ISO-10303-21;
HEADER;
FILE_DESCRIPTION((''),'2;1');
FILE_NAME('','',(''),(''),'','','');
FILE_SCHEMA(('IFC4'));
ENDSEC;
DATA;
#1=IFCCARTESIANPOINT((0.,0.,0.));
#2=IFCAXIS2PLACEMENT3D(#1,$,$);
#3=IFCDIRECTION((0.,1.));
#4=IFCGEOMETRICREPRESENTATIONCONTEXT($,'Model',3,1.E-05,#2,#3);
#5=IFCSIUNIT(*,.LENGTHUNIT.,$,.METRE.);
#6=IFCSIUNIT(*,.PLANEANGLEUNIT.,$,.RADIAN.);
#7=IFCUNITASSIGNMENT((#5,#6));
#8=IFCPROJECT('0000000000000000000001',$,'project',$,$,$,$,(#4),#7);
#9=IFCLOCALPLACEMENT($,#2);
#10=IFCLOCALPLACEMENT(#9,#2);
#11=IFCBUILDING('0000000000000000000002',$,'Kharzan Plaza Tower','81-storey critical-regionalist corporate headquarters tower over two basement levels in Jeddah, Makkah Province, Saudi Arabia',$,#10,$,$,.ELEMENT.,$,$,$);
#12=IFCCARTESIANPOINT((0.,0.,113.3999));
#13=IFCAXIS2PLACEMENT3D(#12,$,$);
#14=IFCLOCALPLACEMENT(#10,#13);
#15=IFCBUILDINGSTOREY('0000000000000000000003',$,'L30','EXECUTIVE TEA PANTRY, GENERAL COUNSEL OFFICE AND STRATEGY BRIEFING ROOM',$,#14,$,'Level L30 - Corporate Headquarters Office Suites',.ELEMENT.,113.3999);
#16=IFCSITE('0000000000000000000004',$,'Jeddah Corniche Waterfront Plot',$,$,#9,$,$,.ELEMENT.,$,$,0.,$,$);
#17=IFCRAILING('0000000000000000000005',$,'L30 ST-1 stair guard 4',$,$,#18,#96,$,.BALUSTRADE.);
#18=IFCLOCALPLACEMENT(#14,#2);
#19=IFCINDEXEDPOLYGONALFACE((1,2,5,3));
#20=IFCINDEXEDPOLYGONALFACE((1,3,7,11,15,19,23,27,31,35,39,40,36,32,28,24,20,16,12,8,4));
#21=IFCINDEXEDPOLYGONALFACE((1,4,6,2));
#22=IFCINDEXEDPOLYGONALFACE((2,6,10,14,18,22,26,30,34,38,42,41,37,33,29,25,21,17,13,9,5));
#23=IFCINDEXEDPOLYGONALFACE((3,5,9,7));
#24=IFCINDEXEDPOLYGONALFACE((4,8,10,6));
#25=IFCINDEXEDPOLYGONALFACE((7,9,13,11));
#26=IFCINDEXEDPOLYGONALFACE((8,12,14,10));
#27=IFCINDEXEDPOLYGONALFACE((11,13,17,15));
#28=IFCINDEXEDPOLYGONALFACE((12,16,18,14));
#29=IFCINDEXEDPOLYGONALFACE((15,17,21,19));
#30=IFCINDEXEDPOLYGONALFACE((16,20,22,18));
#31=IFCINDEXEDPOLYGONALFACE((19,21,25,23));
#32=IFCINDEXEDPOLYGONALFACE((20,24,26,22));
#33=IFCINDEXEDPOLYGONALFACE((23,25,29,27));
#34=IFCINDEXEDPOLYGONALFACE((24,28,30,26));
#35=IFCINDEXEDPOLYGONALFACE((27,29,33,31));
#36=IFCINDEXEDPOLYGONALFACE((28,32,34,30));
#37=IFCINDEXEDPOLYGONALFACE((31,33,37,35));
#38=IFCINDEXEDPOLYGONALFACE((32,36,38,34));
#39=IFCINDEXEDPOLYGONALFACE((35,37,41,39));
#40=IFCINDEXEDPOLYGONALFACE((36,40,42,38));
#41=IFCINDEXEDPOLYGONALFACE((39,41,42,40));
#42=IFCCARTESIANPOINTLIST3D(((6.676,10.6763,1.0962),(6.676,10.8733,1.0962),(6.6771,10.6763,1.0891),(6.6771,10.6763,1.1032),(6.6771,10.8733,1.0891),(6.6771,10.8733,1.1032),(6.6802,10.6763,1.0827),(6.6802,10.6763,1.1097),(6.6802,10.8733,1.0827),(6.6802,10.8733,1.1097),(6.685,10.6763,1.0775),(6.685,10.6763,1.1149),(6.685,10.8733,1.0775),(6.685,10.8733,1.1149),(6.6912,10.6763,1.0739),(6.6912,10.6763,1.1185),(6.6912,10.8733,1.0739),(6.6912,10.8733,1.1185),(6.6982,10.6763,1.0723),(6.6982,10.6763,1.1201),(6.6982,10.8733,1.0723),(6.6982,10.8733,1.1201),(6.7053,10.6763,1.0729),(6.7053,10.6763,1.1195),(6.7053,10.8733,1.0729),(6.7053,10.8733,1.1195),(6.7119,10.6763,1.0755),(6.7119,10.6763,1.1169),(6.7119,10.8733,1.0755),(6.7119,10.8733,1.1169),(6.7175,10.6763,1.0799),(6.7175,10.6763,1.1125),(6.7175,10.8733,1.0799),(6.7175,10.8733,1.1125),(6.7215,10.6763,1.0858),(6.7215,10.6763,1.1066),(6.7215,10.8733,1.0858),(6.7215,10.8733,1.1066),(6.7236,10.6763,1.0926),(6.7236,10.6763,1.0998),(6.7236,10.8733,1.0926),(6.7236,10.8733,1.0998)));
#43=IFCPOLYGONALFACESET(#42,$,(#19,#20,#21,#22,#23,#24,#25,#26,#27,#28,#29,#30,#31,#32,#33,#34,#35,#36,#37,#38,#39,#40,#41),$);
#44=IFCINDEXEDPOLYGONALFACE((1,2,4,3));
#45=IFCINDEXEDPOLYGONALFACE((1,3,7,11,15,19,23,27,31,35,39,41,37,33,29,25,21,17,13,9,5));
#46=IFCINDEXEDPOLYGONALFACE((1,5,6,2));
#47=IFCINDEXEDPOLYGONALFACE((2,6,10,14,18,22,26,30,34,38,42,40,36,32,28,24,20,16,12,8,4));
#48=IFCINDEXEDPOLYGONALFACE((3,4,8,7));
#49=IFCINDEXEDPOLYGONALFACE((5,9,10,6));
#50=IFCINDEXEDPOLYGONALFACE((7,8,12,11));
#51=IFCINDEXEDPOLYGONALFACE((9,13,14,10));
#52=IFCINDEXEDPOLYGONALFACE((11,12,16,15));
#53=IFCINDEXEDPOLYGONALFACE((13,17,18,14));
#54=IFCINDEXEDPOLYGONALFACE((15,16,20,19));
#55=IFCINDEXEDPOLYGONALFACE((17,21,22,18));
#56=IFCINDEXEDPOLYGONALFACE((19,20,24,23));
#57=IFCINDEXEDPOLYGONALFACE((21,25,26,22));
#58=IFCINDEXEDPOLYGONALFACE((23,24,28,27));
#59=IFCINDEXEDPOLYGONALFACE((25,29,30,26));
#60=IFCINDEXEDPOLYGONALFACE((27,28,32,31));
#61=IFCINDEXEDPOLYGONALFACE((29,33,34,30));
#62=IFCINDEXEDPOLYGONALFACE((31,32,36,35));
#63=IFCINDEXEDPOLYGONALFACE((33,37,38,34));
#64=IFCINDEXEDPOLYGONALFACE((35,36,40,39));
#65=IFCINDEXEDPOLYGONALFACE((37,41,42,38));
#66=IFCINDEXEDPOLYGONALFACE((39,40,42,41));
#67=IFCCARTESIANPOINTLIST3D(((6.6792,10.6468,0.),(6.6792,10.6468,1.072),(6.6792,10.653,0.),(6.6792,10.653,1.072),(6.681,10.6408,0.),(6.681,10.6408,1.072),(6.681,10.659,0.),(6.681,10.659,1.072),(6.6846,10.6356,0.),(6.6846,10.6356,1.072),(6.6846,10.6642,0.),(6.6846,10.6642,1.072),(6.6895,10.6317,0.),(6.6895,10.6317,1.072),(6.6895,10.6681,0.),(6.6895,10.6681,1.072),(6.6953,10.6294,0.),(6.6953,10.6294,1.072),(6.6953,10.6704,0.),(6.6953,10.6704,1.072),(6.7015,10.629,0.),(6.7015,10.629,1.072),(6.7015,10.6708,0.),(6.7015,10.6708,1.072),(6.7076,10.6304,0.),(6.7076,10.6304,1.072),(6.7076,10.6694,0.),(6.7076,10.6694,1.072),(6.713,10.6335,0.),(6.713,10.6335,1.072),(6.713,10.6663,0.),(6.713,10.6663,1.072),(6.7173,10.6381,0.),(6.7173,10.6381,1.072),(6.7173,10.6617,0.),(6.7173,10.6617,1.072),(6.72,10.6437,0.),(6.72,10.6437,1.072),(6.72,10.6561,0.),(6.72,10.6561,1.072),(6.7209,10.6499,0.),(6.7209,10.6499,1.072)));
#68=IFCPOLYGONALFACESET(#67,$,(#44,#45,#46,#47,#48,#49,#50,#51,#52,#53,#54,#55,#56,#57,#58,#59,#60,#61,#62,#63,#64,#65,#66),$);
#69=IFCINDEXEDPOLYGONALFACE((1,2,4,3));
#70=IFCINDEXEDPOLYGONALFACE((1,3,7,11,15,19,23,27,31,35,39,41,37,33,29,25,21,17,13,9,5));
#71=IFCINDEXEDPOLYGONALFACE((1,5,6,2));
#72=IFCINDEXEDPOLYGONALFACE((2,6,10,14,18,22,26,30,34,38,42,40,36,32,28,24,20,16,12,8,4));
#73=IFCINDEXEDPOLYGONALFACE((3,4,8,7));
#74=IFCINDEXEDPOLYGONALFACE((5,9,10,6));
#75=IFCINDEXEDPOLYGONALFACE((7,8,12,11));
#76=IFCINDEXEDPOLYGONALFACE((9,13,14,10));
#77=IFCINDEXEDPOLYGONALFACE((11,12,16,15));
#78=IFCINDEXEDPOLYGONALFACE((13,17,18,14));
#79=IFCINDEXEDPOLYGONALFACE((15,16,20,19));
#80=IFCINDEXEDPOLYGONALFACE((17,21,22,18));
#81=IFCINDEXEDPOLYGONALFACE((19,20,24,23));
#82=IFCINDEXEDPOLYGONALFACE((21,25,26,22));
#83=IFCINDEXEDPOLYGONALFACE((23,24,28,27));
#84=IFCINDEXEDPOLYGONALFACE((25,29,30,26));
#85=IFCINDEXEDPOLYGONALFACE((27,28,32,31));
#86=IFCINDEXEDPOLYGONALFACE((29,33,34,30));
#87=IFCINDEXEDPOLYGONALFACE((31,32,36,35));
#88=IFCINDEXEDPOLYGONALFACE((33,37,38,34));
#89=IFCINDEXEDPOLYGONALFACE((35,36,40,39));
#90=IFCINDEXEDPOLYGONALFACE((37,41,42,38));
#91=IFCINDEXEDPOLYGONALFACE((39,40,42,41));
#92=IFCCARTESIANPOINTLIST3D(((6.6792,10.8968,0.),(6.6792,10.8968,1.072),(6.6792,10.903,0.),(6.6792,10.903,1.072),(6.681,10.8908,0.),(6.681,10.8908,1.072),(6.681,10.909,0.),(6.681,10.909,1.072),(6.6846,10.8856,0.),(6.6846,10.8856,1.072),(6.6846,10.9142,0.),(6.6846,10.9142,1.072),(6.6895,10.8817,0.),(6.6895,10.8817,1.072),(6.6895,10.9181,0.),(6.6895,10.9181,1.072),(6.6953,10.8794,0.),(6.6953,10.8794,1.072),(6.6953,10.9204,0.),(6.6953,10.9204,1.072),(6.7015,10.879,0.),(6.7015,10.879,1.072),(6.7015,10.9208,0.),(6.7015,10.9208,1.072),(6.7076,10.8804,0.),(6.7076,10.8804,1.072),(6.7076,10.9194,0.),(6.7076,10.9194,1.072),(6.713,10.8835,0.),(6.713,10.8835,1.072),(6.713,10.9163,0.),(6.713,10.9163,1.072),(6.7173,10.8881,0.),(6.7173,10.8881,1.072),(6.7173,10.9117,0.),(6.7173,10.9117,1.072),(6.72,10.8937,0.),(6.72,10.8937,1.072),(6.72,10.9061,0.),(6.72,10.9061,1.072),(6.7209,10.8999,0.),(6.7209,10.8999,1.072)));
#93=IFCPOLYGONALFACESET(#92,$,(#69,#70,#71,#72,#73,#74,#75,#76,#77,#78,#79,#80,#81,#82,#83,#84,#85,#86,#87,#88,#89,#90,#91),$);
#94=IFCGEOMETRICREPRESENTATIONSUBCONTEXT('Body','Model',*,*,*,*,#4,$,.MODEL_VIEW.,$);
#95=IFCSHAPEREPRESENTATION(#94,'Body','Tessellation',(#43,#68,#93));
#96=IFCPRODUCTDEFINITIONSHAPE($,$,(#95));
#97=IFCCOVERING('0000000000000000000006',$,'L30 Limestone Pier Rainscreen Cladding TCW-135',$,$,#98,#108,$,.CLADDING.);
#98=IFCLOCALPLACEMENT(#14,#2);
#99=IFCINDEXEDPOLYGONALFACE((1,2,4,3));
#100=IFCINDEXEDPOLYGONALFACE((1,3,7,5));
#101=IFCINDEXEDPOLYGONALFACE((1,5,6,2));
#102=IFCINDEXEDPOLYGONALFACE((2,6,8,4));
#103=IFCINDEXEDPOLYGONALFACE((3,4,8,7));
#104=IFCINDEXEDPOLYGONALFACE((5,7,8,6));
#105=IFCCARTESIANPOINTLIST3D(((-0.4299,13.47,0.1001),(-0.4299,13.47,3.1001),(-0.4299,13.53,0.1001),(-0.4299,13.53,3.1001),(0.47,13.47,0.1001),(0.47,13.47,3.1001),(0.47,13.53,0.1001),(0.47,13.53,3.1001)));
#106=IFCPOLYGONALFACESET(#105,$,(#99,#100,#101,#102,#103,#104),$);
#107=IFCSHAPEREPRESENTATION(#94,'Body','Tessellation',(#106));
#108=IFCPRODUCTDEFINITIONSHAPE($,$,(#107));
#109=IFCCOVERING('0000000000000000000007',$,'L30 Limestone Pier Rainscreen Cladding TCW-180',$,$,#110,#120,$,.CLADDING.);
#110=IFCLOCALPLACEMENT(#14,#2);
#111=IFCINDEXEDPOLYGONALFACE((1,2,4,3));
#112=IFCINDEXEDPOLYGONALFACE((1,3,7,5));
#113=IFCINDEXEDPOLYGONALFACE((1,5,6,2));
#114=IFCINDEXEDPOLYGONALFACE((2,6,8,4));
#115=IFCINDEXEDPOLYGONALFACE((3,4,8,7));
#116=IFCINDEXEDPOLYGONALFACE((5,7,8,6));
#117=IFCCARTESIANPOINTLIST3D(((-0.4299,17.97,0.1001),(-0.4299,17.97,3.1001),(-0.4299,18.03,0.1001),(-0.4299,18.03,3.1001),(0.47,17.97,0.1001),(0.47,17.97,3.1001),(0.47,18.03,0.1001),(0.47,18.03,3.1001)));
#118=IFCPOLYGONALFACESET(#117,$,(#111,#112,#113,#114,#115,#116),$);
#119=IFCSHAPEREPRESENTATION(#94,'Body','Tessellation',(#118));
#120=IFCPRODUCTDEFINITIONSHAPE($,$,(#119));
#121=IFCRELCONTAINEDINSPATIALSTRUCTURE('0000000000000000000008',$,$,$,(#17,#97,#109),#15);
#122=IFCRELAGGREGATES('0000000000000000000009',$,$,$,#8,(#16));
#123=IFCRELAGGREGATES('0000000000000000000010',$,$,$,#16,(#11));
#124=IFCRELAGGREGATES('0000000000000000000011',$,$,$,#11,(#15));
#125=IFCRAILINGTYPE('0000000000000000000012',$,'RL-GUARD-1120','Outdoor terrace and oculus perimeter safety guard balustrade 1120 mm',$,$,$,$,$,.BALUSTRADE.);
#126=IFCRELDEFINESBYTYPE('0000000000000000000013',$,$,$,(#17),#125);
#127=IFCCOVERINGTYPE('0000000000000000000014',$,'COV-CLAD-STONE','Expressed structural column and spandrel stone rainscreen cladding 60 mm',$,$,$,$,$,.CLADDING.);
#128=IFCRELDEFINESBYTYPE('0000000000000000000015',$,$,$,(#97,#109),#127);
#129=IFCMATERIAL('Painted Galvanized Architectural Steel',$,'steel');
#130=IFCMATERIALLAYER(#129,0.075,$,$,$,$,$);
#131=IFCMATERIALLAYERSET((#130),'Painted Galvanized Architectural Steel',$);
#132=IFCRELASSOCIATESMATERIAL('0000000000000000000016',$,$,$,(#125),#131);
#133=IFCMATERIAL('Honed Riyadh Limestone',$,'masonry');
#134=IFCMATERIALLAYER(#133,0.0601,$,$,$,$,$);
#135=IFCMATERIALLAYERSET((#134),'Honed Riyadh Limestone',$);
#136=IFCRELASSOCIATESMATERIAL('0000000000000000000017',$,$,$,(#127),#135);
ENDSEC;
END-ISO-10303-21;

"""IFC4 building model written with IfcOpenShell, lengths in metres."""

from ifc_helpers import new_model, si_unit, direction, frame, origin, origin_2d, place, context, subcontext, project, spatial, rectangle, circle, extrude, source, transform, mapped, material, layer, layer_set, type_object, element, save


model = new_model("IFC4")

# Units and contexts
model_context = context("Model", 3, precision=1e-05, world=origin(), true_north=direction((0.0, 1.0)))
body_context = subcontext(model_context, "Body", "Model", "MODEL_VIEW")
ifc_project = project(units=[si_unit("LENGTHUNIT", "METRE"), si_unit("PLANEANGLEUNIT", "RADIAN")], contexts=[model_context])

# Site, building, storey
site_placement = place(None, origin())
site = spatial("IfcSite", under=ifc_project, at=site_placement, Name="Jeddah Corniche Waterfront Plot", CompositionType="ELEMENT", RefElevation=0.0)
building_placement = place(site_placement, origin())
building = spatial("IfcBuilding", under=site, at=building_placement, Name="Kharzan Plaza Tower", Description="81-storey critical-regionalist corporate headquarters tower over two basement levels in Jeddah, Makkah Province, Saudi Arabia", CompositionType="ELEMENT")
storey_placement = place(building_placement, frame((0.0, 0.0, 113.3999)))
storey = spatial("IfcBuildingStorey", under=building, at=storey_placement, Name="L30", Description="EXECUTIVE TEA PANTRY, GENERAL COUNSEL OFFICE AND STRATEGY BRIEFING ROOM", LongName="Level L30 - Corporate Headquarters Office Suites", CompositionType="ELEMENT", Elevation=113.3999)

# Railing
ifc_material_1 = material(Name="Painted Galvanized Architectural Steel", Category="steel")
ifc_layer_1 = layer(ifc_material_1, 0.075)
ifc_layer_set_1 = layer_set([ifc_layer_1], Name="Painted Galvanized Architectural Steel")
railing_type = type_object("IfcRailingType", Name="RL-GUARD-1120", Description="Outdoor terrace and oculus perimeter safety guard balustrade 1120 mm", PredefinedType="BALUSTRADE", material=ifc_layer_set_1)
shared_shape_1 = source(origin(), body_context, "Body", "SweptSolid", [
    extrude(circle(Radius=0.0239, at=origin_2d()), frame((0.0, 0.0264, 1.0962), z_axis=(0.0, 1.0, 0.0), x_axis=(-1.0, 0.0, 0.0)), (0.0, 0.0, 1.0), 0.197),
    extrude(circle(Radius=0.021, at=origin_2d()), origin(), (0.0, 0.0, 1.0), 1.072),
    extrude(circle(Radius=0.021, at=origin_2d()), frame((0.0, 0.25, 0.0)), (0.0, 0.0, 1.0), 1.072),
])
railing_1_placement = place(storey_placement, frame((6.7, 10.6499, 0.0)))
element("IfcRailing", 1, at=railing_1_placement, inside=storey, type_object=railing_type, Name="L30 ST-1 stair guard 4", PredefinedType="BALUSTRADE", context=body_context, shape_type="MappedRepresentation", body=[
    mapped(shared_shape_1, transform((0.0, 0.0, 0.0), x_axis=(1.0, 0.0, 0.0), y_axis=(0.0, 1.0, 0.0), z_axis=(0.0, 0.0, 1.0))),
])

# Coverings
ifc_material_2 = material(Name="Honed Riyadh Limestone", Category="masonry")
ifc_layer_2 = layer(ifc_material_2, 0.0601)
ifc_layer_set_2 = layer_set([ifc_layer_2], Name="Honed Riyadh Limestone")
covering_type = type_object("IfcCoveringType", Name="COV-CLAD-STONE", Description="Expressed structural column and spandrel stone rainscreen cladding 60 mm", PredefinedType="CLADDING", material=ifc_layer_set_2)
shared_shape_2 = source(origin(), body_context, "Body", "SweptSolid", [
    extrude(rectangle(XDim=0.0601, YDim=0.8999, at=origin_2d()), origin(), (0.0, 0.0, 1.0), 3.0),
])
for number, where, z_axis, x_axis, name in (
    (2, (0.02, 13.5, 0.1001), (0.0, 0.0, 1.0), (0.0, 1.0, 0.0), "L30 Limestone Pier Rainscreen Cladding TCW-135"),
    (3, (0.02, 18.0, 0.1001), (0.0, 0.0, 1.0), (0.0, 1.0, 0.0), "L30 Limestone Pier Rainscreen Cladding TCW-180"),
):
    element("IfcCovering", number, at=place(storey_placement, frame(where, z_axis=z_axis, x_axis=x_axis)), inside=storey, type_object=covering_type, Name=name, PredefinedType="CLADDING", context=body_context, shape_type="MappedRepresentation", body=[
        mapped(shared_shape_2, transform((0.0, 0.0, 0.0), x_axis=(1.0, 0.0, 0.0), y_axis=(0.0, 1.0, 0.0), z_axis=(0.0, 0.0, 1.0))),
    ])

save(model, "model.ifc")
